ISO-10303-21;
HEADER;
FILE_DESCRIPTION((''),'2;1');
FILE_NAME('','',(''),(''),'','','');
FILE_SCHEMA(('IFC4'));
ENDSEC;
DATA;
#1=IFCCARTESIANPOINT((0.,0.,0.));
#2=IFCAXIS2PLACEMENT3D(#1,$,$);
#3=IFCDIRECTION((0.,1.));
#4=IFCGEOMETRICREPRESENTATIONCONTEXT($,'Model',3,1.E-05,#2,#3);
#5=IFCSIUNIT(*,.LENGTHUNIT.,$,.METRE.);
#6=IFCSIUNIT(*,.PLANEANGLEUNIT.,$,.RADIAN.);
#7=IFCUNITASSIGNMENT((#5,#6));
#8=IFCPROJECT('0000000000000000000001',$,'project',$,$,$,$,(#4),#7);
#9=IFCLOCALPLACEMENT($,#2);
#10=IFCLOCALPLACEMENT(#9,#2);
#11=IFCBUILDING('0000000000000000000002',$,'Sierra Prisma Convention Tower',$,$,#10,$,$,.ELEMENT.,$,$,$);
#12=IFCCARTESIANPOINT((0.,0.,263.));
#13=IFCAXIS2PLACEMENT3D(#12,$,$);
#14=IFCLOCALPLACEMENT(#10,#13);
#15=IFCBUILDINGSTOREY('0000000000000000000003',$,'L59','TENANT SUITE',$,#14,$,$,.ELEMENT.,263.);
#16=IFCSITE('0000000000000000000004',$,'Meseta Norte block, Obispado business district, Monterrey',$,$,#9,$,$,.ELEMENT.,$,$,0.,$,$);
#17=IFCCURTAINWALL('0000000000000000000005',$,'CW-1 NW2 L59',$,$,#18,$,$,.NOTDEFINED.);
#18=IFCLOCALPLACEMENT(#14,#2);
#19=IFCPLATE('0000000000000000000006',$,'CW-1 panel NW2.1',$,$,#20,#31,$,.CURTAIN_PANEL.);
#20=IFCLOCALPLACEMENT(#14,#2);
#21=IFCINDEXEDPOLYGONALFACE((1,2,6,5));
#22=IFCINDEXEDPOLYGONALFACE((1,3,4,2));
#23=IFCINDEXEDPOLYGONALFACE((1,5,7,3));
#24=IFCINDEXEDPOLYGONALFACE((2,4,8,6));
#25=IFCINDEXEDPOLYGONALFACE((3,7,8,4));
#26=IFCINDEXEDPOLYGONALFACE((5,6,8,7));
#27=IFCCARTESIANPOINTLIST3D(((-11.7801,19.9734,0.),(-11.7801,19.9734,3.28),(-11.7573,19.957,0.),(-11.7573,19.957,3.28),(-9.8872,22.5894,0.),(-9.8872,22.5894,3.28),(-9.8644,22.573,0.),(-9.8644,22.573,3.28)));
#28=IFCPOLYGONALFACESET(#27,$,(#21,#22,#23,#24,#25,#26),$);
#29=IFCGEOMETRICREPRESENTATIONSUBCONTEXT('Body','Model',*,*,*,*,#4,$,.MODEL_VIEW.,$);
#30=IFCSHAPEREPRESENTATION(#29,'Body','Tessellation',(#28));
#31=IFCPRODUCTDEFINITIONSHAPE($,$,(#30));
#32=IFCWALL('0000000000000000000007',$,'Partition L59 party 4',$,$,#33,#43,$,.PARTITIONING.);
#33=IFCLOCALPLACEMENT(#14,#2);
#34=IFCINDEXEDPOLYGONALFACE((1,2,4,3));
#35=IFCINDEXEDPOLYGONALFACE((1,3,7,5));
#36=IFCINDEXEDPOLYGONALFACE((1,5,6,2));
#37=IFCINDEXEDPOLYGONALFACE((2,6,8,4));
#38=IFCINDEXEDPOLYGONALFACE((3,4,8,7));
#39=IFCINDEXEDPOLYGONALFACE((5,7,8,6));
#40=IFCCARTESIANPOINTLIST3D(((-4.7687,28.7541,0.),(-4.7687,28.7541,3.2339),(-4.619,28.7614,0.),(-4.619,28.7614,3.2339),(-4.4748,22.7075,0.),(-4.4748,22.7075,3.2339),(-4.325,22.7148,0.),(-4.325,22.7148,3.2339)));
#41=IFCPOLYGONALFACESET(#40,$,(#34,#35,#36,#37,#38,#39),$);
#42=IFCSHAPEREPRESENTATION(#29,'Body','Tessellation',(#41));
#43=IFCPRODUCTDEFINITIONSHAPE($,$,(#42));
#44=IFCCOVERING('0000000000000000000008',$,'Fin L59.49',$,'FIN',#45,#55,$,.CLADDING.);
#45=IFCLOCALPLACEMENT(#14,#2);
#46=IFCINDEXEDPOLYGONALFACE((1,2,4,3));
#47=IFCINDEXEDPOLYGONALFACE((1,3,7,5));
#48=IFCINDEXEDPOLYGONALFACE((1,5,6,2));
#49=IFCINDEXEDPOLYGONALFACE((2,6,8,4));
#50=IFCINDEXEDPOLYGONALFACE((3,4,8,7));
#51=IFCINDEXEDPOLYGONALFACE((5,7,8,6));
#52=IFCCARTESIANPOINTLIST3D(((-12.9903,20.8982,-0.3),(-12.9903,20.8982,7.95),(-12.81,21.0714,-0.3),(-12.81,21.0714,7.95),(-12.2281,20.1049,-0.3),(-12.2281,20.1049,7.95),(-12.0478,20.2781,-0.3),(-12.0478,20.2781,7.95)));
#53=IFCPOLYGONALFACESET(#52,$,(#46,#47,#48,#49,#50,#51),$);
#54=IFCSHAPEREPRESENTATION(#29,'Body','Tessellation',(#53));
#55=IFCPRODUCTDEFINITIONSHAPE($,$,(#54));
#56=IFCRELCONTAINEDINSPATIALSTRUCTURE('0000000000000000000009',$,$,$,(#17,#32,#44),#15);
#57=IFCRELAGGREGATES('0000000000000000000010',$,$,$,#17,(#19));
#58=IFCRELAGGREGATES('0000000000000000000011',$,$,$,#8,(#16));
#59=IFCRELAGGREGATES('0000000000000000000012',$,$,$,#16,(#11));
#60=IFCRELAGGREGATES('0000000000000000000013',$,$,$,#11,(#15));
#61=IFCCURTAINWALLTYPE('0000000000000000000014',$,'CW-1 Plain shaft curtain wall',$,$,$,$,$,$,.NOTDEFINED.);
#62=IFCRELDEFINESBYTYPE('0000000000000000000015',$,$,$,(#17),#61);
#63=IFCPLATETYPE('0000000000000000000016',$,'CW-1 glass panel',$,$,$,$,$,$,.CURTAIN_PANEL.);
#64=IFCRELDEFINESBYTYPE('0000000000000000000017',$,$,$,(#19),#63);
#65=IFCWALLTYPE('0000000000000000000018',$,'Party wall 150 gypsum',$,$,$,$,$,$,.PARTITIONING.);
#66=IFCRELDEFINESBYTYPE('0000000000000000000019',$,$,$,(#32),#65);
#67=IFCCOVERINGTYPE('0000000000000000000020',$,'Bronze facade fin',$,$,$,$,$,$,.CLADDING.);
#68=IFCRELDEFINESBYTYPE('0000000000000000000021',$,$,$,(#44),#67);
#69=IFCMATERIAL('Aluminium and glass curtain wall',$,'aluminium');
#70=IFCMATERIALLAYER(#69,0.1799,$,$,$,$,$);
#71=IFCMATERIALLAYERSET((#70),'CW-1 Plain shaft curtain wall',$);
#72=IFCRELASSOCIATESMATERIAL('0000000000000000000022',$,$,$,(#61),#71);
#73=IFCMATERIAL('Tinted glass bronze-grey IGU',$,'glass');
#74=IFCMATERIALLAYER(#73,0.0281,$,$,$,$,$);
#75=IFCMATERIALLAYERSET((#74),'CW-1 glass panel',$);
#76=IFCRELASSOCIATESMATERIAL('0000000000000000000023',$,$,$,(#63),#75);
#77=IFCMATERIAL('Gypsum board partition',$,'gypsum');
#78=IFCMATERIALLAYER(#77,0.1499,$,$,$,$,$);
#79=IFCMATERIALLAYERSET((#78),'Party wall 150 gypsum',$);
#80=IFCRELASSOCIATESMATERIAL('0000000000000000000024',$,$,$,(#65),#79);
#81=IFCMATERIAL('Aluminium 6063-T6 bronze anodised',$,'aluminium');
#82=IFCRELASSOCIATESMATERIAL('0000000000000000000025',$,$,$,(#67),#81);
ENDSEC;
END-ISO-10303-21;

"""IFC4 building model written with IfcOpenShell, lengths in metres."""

from ifc_helpers import new_model, si_unit, direction, frame, frame_2d, origin, origin_2d, place, context, subcontext, project, spatial, rectangle, extrude, material, layer, layer_set, material_profile, profile_set, type_object, element, aggregate, save


model = new_model("IFC4")

# Units and contexts
model_context = context("Model", 3, precision=1e-05, world=origin(), true_north=direction((0.0, 1.0)))
body_context = subcontext(model_context, "Body", "Model", "MODEL_VIEW")
ifc_project = project(units=[si_unit("LENGTHUNIT", "METRE"), si_unit("PLANEANGLEUNIT", "RADIAN")], contexts=[model_context])

# Site, building, storey
site_placement = place(None, origin())
site = spatial("IfcSite", under=ifc_project, at=site_placement, Name="Meseta Norte block, Obispado business district, Monterrey", CompositionType="ELEMENT", RefElevation=0.0)
building_placement = place(site_placement, origin())
building = spatial("IfcBuilding", under=site, at=building_placement, Name="Sierra Prisma Convention Tower", CompositionType="ELEMENT")
storey_placement = place(building_placement, frame((0.0, 0.0, 263.0)))
storey = spatial("IfcBuildingStorey", under=building, at=storey_placement, Name="L59", Description="TENANT SUITE", CompositionType="ELEMENT", Elevation=263.0)

# Shared definitions
ifc_material_1 = material(Name="Aluminium and glass curtain wall", Category="aluminium")
ifc_layer_1 = layer(ifc_material_1, 0.1799)
ifc_layer_set_1 = layer_set([ifc_layer_1], Name="CW-1 Plain shaft curtain wall")
curtain_wall_type = type_object("IfcCurtainWallType", Name="CW-1 Plain shaft curtain wall", PredefinedType="NOTDEFINED", material=ifc_layer_set_1)

# Curtain wall
curtain_wall_1_placement = place(storey_placement, origin())
curtain_wall_1 = element("IfcCurtainWall", 1, at=curtain_wall_1_placement, inside=storey, type_object=curtain_wall_type, Name="CW-1 NW2 L59", PredefinedType="NOTDEFINED")

# Shared definitions
ifc_material_2 = material(Name="Tinted glass bronze-grey IGU", Category="glass")
ifc_layer_2 = layer(ifc_material_2, 0.0281)
ifc_layer_set_2 = layer_set([ifc_layer_2], Name="CW-1 glass panel")
plate_type = type_object("IfcPlateType", Name="CW-1 glass panel", PredefinedType="CURTAIN_PANEL", material=ifc_layer_set_2)

# Plate
plate_1_placement = place(storey_placement, frame((-10.8223, 21.2732, 0.0), z_axis=(0.0, 0.0, 1.0), x_axis=(-0.586214, -0.810157, 0.0)))
plate_1 = element("IfcPlate", 2, at=plate_1_placement, type_object=plate_type, Name="CW-1 panel NW2.1", PredefinedType="CURTAIN_PANEL", context=body_context, shape_type="SweptSolid", body=[
    extrude(rectangle(XDim=3.229, YDim=0.0281, at=origin_2d()), origin(), (0.0, 0.0, 1.0), 3.28),
])
aggregate(curtain_wall_1, [plate_1])

# Wall
ifc_material_3 = material(Name="Gypsum board partition", Category="gypsum")
ifc_layer_3 = layer(ifc_material_3, 0.1499)
ifc_layer_set_3 = layer_set([ifc_layer_3], Name="Party wall 150 gypsum")
wall_type = type_object("IfcWallType", Name="Party wall 150 gypsum", PredefinedType="PARTITIONING", material=ifc_layer_set_3)
wall_placement = place(storey_placement, frame((-4.3999, 22.7112, 0.0), z_axis=(0.0, 0.0, 1.0), x_axis=(-0.048556, 0.99882, 0.0)))
element("IfcWall", 3, at=wall_placement, inside=storey, type_object=wall_type, Name="Partition L59 party 4", PredefinedType="PARTITIONING", context=body_context, shape_type="SweptSolid", body=[
    extrude(rectangle(XDim=6.0537, YDim=0.1499, at=frame_2d((3.0269, 0.0))), origin(), (0.0, 0.0, 1.0), 3.2339),
])

# Covering
ifc_material_4 = material(Name="Aluminium 6063-T6 bronze anodised", Category="aluminium")
ifc_material_profile_1 = material_profile(ifc_material_4, rectangle(XDim=1.1001, YDim=0.25, at=origin_2d()), Name="ALU FIN 1100x250")
ifc_profile_set_1 = profile_set([ifc_material_profile_1], Name="Aluminium 6063-T6 bronze anodised")
covering_type = type_object("IfcCoveringType", Name="Bronze facade fin", PredefinedType="CLADDING", material=ifc_profile_set_1)
covering_placement = place(storey_placement, frame((-12.519, 20.5881, -0.3), z_axis=(0.0, 0.0, 1.0), x_axis=(-0.692838, 0.721093, 0.0)))
element("IfcCovering", 4, at=covering_placement, inside=storey, type_object=covering_type, Name="Fin L59.49", ObjectType="FIN", PredefinedType="CLADDING", context=body_context, shape_type="SweptSolid", body=[
    extrude(rectangle(XDim=1.1001, YDim=0.25, at=origin_2d()), origin(), (0.0, 0.0, 1.0), 8.25),
])

save(model, "model.ifc")
